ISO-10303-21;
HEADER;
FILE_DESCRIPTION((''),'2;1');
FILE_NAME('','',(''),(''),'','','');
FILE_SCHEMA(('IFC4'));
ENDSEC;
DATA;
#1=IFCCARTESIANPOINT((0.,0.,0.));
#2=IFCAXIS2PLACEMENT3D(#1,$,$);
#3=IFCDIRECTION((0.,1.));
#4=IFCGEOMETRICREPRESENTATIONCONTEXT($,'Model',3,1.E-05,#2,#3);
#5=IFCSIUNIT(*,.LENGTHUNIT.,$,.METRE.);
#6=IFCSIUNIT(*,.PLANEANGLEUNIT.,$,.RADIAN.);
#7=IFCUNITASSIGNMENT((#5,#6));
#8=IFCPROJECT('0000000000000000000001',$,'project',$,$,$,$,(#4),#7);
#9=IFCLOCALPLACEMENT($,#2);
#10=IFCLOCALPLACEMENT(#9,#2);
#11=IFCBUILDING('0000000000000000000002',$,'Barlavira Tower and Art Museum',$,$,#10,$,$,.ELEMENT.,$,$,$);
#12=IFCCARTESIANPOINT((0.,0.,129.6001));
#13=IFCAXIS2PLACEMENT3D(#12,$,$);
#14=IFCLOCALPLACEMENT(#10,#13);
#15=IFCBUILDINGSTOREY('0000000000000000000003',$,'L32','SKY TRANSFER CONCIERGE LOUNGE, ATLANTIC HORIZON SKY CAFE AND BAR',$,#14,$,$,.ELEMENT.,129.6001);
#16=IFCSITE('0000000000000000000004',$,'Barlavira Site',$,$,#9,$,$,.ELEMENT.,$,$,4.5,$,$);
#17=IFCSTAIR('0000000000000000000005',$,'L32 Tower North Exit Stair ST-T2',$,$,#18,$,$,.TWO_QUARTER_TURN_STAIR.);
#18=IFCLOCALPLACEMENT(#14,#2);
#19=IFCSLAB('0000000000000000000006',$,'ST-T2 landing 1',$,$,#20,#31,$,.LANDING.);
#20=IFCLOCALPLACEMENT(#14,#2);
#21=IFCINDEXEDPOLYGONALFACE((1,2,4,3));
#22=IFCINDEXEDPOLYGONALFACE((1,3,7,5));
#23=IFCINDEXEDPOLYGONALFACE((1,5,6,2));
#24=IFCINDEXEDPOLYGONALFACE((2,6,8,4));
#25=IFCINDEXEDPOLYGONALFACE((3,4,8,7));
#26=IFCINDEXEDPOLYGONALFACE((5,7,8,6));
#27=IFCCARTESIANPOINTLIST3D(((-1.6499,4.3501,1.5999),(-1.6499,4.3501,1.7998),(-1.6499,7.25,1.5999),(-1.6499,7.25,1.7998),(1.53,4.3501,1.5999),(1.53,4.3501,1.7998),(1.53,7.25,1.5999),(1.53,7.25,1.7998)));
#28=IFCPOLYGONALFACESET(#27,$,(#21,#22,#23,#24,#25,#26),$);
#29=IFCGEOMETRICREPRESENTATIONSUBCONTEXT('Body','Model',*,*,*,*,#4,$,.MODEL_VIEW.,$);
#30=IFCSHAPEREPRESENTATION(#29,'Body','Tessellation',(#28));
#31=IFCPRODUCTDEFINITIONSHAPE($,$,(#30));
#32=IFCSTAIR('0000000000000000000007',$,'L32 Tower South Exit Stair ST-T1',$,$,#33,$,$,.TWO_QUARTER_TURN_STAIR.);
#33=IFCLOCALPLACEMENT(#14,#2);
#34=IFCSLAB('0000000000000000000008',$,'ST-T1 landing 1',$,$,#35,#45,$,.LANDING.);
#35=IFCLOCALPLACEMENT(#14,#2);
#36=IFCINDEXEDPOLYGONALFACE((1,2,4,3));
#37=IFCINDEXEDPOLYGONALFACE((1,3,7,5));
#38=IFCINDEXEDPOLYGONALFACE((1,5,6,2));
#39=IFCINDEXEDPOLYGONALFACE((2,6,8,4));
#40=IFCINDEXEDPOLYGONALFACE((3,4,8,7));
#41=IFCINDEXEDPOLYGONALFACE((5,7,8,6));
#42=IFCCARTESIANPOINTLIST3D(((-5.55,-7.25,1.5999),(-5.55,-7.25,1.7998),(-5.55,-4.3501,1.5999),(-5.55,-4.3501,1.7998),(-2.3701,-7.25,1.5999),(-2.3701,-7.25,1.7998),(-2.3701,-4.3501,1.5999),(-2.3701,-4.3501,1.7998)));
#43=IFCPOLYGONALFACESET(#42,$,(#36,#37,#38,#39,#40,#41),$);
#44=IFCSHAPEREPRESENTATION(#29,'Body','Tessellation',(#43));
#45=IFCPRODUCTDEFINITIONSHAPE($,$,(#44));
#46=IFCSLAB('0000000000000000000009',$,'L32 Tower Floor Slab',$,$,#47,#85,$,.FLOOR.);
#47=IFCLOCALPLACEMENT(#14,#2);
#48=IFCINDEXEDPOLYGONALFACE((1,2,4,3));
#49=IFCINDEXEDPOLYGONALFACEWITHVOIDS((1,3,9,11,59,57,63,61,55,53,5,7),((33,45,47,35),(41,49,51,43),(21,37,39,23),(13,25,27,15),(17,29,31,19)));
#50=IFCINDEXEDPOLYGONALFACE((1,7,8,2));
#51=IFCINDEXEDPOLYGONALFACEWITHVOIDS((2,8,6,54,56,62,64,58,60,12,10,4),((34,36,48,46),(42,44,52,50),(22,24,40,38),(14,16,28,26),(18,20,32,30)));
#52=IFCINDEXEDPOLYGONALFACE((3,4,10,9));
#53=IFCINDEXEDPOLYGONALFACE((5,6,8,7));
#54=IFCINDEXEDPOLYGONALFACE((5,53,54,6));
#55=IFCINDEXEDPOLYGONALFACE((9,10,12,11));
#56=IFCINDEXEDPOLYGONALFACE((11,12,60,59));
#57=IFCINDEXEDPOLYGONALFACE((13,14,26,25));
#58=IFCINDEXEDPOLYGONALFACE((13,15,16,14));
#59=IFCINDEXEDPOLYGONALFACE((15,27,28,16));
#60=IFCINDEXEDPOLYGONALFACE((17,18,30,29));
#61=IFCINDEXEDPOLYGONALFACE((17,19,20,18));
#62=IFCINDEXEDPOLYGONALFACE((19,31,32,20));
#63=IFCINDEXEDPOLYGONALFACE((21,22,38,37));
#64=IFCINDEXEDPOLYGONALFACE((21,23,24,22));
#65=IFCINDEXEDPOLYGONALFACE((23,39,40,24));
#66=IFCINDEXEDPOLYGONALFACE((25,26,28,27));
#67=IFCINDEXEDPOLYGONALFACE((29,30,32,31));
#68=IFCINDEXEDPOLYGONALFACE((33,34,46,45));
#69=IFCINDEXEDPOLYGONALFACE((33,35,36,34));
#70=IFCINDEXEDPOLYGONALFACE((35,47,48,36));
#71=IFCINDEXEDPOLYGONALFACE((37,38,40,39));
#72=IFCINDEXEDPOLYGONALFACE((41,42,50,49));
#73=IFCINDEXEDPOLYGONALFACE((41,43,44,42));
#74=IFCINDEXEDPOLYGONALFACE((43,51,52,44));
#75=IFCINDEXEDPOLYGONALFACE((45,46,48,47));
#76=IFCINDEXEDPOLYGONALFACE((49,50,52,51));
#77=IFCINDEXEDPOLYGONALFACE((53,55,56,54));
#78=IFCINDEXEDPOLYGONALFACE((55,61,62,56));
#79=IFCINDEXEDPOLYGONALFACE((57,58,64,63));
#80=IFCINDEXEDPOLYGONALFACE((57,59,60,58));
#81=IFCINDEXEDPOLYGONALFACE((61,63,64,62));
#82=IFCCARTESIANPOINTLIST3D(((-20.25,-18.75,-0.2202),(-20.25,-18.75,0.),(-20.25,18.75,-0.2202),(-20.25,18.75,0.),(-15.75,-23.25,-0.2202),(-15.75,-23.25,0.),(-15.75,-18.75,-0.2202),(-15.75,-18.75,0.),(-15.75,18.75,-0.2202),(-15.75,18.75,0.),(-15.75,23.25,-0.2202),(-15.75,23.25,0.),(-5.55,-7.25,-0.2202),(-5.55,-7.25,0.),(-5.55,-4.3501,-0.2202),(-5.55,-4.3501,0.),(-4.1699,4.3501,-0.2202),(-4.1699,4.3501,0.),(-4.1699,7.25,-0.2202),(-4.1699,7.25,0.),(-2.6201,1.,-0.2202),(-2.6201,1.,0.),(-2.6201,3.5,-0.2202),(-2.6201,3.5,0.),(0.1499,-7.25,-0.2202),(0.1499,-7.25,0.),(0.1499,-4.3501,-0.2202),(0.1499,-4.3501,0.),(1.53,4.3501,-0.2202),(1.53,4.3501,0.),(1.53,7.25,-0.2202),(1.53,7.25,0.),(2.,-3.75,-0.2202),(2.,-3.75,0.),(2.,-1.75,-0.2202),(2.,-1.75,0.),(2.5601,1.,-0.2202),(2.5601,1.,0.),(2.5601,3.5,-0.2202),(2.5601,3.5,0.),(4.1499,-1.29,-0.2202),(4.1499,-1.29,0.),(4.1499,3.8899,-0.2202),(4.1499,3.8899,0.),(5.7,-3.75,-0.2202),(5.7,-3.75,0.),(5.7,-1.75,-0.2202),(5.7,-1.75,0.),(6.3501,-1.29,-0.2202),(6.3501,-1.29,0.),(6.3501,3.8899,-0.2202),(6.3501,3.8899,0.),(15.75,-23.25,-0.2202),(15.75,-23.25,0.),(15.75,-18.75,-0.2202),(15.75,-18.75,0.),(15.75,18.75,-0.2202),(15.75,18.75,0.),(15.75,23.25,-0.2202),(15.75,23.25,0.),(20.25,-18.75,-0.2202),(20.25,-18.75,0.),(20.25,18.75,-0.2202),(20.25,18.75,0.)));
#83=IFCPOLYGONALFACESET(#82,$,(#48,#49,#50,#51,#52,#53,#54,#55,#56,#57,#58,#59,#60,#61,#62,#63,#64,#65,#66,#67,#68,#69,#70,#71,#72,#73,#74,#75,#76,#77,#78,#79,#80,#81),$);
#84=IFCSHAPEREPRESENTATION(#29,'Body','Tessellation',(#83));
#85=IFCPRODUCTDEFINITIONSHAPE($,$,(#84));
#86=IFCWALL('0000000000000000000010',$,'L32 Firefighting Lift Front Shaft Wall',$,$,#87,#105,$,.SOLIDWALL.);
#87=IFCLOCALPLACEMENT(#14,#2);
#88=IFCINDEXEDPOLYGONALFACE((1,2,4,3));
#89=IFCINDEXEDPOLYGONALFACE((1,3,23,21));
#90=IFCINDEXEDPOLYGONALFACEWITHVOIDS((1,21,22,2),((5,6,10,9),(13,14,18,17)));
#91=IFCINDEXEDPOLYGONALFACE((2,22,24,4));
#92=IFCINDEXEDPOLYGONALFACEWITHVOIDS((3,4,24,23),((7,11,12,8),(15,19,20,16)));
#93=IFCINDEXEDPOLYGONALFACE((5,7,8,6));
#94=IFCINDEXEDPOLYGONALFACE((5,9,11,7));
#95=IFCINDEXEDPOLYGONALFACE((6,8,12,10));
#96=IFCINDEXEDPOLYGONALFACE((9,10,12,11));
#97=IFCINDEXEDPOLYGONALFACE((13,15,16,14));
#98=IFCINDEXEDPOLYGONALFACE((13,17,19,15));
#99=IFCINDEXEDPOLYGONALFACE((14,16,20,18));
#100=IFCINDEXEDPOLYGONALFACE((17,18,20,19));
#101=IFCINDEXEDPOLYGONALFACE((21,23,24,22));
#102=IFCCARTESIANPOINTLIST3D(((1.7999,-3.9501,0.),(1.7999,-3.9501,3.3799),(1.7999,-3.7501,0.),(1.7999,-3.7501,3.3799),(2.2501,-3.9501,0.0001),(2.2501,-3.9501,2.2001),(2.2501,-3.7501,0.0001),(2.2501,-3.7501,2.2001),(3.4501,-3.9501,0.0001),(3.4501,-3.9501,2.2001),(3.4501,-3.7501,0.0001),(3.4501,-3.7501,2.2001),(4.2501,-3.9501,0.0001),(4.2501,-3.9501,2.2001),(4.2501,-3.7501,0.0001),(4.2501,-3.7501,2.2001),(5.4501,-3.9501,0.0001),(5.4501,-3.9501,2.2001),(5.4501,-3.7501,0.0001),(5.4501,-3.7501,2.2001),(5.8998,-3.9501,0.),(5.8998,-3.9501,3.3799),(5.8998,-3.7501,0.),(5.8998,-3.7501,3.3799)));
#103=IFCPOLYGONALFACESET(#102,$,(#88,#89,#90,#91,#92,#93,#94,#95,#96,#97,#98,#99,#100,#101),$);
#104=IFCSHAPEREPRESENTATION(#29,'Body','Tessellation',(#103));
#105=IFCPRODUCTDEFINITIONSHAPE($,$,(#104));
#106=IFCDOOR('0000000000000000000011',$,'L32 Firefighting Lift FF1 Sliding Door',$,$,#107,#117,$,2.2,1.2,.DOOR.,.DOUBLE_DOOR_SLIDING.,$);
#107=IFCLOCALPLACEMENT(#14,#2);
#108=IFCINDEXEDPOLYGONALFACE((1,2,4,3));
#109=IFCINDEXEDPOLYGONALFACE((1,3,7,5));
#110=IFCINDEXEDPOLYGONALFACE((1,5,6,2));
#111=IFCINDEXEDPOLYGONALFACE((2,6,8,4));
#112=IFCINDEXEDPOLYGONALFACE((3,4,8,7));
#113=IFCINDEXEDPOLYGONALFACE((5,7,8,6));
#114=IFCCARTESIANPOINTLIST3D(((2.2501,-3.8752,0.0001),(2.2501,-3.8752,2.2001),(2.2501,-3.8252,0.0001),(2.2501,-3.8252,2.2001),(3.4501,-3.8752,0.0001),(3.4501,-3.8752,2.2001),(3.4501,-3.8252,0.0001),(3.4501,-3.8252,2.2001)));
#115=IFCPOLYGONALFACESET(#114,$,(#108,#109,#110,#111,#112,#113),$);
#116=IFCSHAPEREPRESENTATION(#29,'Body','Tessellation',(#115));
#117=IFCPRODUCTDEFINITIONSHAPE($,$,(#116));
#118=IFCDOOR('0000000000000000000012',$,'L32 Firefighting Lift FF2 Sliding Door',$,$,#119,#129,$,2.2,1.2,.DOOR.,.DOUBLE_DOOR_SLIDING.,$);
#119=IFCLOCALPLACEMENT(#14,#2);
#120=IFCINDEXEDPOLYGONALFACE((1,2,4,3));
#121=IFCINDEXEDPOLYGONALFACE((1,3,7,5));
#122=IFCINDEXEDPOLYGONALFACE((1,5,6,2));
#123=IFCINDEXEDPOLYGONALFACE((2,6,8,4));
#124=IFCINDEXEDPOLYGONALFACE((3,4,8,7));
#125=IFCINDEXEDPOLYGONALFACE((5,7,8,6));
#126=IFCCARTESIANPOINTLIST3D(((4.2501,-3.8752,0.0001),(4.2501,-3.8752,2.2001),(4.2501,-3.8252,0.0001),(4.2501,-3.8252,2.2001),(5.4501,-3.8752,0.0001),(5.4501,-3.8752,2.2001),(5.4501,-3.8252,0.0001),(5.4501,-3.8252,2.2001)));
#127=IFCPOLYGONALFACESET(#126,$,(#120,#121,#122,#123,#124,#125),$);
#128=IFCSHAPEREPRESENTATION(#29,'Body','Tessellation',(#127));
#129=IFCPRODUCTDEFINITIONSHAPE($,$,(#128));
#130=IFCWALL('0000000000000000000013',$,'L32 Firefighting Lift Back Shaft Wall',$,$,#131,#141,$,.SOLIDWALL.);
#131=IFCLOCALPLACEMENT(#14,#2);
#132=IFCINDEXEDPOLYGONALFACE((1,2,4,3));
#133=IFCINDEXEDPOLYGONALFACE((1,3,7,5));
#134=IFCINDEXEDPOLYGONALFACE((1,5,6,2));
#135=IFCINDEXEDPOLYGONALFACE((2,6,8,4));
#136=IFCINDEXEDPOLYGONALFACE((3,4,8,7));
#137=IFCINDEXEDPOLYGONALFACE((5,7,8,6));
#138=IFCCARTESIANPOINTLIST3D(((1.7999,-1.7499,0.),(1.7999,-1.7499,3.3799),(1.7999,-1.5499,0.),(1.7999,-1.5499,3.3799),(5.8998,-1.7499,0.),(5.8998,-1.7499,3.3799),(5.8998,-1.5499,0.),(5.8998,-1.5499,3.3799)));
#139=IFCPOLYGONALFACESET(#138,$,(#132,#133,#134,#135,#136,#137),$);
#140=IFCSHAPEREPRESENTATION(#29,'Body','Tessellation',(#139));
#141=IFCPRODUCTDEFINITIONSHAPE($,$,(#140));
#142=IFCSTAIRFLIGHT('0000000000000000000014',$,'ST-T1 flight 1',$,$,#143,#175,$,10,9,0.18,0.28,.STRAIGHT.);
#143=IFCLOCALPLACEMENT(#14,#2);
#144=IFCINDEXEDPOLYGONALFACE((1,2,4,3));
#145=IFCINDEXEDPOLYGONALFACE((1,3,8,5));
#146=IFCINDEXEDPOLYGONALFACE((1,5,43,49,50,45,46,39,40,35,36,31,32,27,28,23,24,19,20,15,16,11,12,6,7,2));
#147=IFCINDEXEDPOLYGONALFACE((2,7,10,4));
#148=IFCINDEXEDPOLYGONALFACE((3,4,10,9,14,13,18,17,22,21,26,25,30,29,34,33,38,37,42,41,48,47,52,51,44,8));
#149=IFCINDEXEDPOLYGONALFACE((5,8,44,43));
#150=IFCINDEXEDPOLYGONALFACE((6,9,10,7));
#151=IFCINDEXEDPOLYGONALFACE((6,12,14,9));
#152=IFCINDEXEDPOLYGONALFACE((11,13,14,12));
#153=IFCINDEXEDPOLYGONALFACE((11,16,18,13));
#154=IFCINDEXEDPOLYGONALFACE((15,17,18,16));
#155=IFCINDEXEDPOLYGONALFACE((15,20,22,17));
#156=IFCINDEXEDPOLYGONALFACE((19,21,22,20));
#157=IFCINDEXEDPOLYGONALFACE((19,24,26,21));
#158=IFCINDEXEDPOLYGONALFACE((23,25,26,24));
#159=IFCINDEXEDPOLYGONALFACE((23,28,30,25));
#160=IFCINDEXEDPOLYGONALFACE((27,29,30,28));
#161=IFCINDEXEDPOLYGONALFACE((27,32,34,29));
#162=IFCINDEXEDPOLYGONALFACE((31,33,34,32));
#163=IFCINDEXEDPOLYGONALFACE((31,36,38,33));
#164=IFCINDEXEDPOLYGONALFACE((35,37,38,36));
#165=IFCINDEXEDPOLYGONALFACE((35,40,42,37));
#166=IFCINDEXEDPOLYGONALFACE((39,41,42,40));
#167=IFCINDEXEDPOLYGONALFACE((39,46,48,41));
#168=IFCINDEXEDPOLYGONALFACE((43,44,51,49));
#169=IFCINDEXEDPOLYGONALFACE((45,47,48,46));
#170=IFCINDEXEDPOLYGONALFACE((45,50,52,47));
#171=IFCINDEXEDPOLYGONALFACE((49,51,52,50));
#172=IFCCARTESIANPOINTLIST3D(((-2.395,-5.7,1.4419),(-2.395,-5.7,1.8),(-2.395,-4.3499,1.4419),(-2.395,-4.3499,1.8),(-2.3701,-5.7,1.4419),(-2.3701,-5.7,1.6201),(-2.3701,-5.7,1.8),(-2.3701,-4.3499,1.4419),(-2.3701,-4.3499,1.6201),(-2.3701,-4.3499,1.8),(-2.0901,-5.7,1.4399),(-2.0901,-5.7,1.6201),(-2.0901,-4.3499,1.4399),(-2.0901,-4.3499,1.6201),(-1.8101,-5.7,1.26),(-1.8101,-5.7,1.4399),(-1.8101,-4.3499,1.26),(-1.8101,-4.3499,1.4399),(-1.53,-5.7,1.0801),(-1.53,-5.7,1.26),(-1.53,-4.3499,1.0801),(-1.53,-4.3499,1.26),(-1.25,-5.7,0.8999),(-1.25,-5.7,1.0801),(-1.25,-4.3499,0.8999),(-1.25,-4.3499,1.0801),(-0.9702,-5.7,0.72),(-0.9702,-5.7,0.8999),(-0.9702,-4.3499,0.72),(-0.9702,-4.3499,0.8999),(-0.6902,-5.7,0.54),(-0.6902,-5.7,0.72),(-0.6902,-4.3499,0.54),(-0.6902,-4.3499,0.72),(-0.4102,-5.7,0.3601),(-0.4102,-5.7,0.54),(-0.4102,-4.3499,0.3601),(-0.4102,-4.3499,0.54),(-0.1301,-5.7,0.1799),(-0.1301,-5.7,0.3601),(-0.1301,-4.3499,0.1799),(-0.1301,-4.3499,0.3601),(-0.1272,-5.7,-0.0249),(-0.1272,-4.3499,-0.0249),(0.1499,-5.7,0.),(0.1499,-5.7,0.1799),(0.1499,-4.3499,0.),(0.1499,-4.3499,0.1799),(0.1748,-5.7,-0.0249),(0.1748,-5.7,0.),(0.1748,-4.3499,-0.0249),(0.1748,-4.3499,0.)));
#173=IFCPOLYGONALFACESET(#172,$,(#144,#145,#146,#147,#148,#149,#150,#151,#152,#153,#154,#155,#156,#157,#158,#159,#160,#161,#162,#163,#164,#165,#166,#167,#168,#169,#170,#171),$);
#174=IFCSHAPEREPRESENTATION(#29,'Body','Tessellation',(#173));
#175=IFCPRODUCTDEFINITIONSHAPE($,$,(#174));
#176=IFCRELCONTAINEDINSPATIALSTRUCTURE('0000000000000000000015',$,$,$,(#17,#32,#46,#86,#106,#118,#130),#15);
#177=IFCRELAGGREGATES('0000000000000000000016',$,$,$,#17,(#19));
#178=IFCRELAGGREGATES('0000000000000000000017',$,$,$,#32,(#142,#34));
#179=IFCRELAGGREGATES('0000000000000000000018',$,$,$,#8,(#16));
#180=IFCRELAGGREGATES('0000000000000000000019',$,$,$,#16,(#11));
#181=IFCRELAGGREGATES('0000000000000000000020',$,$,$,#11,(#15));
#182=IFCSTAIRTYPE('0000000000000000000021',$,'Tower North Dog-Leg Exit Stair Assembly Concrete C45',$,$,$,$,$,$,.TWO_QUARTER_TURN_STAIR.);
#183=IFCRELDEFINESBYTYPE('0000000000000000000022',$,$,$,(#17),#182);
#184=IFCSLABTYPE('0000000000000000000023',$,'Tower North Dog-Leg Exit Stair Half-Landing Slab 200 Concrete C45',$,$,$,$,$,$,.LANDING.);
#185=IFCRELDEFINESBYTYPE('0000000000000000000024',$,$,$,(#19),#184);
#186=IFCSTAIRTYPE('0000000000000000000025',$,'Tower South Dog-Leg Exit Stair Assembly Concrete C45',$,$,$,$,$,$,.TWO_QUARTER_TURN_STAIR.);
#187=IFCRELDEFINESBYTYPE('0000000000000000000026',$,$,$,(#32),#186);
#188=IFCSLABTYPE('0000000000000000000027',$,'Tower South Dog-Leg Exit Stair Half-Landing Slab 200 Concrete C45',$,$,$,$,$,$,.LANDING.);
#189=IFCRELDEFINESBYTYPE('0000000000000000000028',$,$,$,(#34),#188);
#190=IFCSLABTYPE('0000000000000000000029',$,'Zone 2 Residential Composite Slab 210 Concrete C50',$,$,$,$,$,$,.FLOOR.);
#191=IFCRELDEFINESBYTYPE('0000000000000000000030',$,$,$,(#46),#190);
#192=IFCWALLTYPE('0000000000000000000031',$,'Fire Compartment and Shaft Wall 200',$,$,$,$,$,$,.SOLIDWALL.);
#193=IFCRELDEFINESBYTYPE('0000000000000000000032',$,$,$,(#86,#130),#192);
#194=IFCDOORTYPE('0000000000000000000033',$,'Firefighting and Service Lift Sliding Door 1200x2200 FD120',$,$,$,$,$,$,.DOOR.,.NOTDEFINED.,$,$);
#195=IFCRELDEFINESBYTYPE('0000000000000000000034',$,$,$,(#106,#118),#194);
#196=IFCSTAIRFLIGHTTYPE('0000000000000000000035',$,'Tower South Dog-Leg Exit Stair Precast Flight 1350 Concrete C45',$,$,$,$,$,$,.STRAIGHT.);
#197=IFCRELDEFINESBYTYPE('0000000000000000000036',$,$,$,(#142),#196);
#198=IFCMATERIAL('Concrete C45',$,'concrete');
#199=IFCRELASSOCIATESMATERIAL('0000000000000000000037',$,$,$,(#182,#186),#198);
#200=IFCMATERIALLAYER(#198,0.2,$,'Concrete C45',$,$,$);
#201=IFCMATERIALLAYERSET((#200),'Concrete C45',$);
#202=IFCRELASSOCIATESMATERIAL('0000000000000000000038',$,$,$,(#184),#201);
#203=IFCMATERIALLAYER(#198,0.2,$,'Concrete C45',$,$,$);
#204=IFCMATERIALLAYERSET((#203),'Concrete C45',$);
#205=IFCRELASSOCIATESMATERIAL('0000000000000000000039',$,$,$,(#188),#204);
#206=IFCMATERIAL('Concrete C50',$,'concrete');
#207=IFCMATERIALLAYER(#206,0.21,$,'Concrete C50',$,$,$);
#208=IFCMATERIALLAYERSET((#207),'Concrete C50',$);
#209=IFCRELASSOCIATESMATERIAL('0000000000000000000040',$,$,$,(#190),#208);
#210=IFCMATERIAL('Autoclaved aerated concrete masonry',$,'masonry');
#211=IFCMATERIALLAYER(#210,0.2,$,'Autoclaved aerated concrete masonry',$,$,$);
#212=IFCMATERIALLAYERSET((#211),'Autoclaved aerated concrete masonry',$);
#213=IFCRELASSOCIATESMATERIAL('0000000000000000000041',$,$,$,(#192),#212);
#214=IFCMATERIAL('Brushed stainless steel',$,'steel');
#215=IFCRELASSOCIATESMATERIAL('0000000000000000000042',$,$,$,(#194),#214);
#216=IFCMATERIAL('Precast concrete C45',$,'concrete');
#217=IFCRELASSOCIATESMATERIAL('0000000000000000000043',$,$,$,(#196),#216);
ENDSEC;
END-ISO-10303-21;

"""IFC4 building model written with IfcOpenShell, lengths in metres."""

from ifc_helpers import new_model, si_unit, direction, frame, frame_2d, origin, place, context, subcontext, project, spatial, polyline, rectangle, outline, extrude, material, layer, layer_set, type_object, element, fill, aggregate, save


model = new_model("IFC4")

# Units and contexts
model_context = context("Model", 3, precision=1e-05, world=origin(), true_north=direction((0.0, 1.0)))
body_context = subcontext(model_context, "Body", "Model", "MODEL_VIEW")
ifc_project = project(units=[si_unit("LENGTHUNIT", "METRE"), si_unit("PLANEANGLEUNIT", "RADIAN")], contexts=[model_context])

# Site, building, storey
site_placement = place(None, origin())
site = spatial("IfcSite", under=ifc_project, at=site_placement, Name="Barlavira Site", CompositionType="ELEMENT", RefElevation=4.5)
building_placement = place(site_placement, origin())
building = spatial("IfcBuilding", under=site, at=building_placement, Name="Barlavira Tower and Art Museum", CompositionType="ELEMENT")
storey_placement = place(building_placement, frame((0.0, 0.0, 129.6001)))
storey = spatial("IfcBuildingStorey", under=building, at=storey_placement, Name="L32", Description="SKY TRANSFER CONCIERGE LOUNGE, ATLANTIC HORIZON SKY CAFE AND BAR", CompositionType="ELEMENT", Elevation=129.6001)

# Stairs, slabs
ifc_material_1 = material(Name="Concrete C45", Category="concrete")
stair_type_1 = type_object("IfcStairType", Name="Tower North Dog-Leg Exit Stair Assembly Concrete C45", PredefinedType="TWO_QUARTER_TURN_STAIR", material=ifc_material_1)
stair_1_placement = place(storey_placement, origin())
stair_1 = element("IfcStair", 1, at=stair_1_placement, inside=storey, type_object=stair_type_1, Name="L32 Tower North Exit Stair ST-T2", PredefinedType="TWO_QUARTER_TURN_STAIR")
ifc_layer_1 = layer(ifc_material_1, 0.2, Name="Concrete C45")
ifc_layer_set_1 = layer_set([ifc_layer_1], Name="Concrete C45")
slab_type_1 = type_object("IfcSlabType", Name="Tower North Dog-Leg Exit Stair Half-Landing Slab 200 Concrete C45", PredefinedType="LANDING", material=ifc_layer_set_1)
slab_1_placement = place(storey_placement, frame((0.0, 0.0, 1.5999)))
slab_1 = element("IfcSlab", 2, at=slab_1_placement, type_object=slab_type_1, Name="ST-T2 landing 1", PredefinedType="LANDING", context=body_context, shape_type="SweptSolid", body=[
    extrude(outline(polyline([(-1.6499, 4.3501), (1.53, 4.3501), (1.53, 7.25), (-1.6499, 7.25), (-1.6499, 4.3501)])), origin(), (0.0, 0.0, 1.0), 0.2),
])
aggregate(stair_1, [slab_1])
stair_type_2 = type_object("IfcStairType", Name="Tower South Dog-Leg Exit Stair Assembly Concrete C45", PredefinedType="TWO_QUARTER_TURN_STAIR", material=ifc_material_1)
stair_2_placement = place(storey_placement, origin())
stair_2 = element("IfcStair", 3, at=stair_2_placement, inside=storey, type_object=stair_type_2, Name="L32 Tower South Exit Stair ST-T1", PredefinedType="TWO_QUARTER_TURN_STAIR")
ifc_layer_2 = layer(ifc_material_1, 0.2, Name="Concrete C45")
ifc_layer_set_2 = layer_set([ifc_layer_2], Name="Concrete C45")
slab_type_2 = type_object("IfcSlabType", Name="Tower South Dog-Leg Exit Stair Half-Landing Slab 200 Concrete C45", PredefinedType="LANDING", material=ifc_layer_set_2)
slab_2_placement = place(storey_placement, frame((0.0, 0.0, 1.5999)))
slab_2 = element("IfcSlab", 4, at=slab_2_placement, type_object=slab_type_2, Name="ST-T1 landing 1", PredefinedType="LANDING", context=body_context, shape_type="SweptSolid", body=[
    extrude(outline(polyline([(-2.3701, -4.3501), (-5.55, -4.3501), (-5.55, -7.25), (-2.3701, -7.25), (-2.3701, -4.3501)])), origin(), (0.0, 0.0, 1.0), 0.2),
])

# Slab
ifc_material_2 = material(Name="Concrete C50", Category="concrete")
ifc_layer_3 = layer(ifc_material_2, 0.21, Name="Concrete C50")
ifc_layer_set_3 = layer_set([ifc_layer_3], Name="Concrete C50")
slab_type_3 = type_object("IfcSlabType", Name="Zone 2 Residential Composite Slab 210 Concrete C50", PredefinedType="FLOOR", material=ifc_layer_set_3)
slab_3_placement = place(storey_placement, frame((0.0, 0.0, -0.2202)))
element("IfcSlab", 5, at=slab_3_placement, inside=storey, type_object=slab_type_3, Name="L32 Tower Floor Slab", PredefinedType="FLOOR", context=body_context, shape_type="SweptSolid", body=[
    extrude(outline(polyline([(-15.75, -23.25), (15.75, -23.25), (15.75, -18.75), (20.25, -18.75), (20.25, 18.75), (15.75, 18.75), (15.75, 23.25), (-15.75, 23.25), (-15.75, 18.75), (-20.25, 18.75), (-20.25, -18.75), (-15.75, -18.75), (-15.75, -23.25)]), holes=[polyline([(0.1499, -4.3501), (-5.55, -4.3501), (-5.55, -7.25), (0.1499, -7.25), (0.1499, -4.3501)]), polyline([(-4.1699, 4.3501), (1.53, 4.3501), (1.53, 7.25), (-4.1699, 7.25), (-4.1699, 4.3501)]), polyline([(4.1499, -1.29), (6.3501, -1.29), (6.3501, 3.8899), (4.1499, 3.8899), (4.1499, -1.29)]), polyline([(-2.6201, 1.0), (2.5601, 1.0), (2.5601, 3.5), (-2.6201, 3.5), (-2.6201, 1.0)]), polyline([(2.0, -3.75), (5.7, -3.75), (5.7, -1.75), (2.0, -1.75), (2.0, -3.75)])]), origin(), (0.0, 0.0, 1.0), 0.2202),
])

# Wall, openings, doors
ifc_material_3 = material(Name="Autoclaved aerated concrete masonry", Category="masonry")
ifc_layer_4 = layer(ifc_material_3, 0.2, Name="Autoclaved aerated concrete masonry")
ifc_layer_set_4 = layer_set([ifc_layer_4], Name="Autoclaved aerated concrete masonry")
wall_type_1 = type_object("IfcWallType", Name="Fire Compartment and Shaft Wall 200", PredefinedType="SOLIDWALL", material=ifc_layer_set_4)
wall_1_placement = place(storey_placement, frame((1.8, -3.8501, 0.0), z_axis=(0.0, 0.0, 1.0), x_axis=(1.0, 0.0, 0.0)))
wall_1 = element("IfcWall", 6, at=wall_1_placement, inside=storey, type_object=wall_type_1, Name="L32 Firefighting Lift Front Shaft Wall", PredefinedType="SOLIDWALL", context=body_context, shape_type="SweptSolid", body=[
    extrude(rectangle(XDim=4.0999, YDim=0.2, at=frame_2d((2.0498, 0.0))), origin(), (0.0, 0.0, 1.0), 3.3799),
])
opening_1_placement = place(wall_1_placement, frame((0.45, 0.0, 0.0)))
opening_1 = element("IfcOpeningElement", 7, at=opening_1_placement, cuts=wall_1, PredefinedType="OPENING", context=body_context, shape_type="SweptSolid", body=[
    extrude(rectangle(XDim=1.2, YDim=2.2, at=frame_2d((0.6001, 1.1001))), frame((0.0, 0.1099, 0.0), z_axis=(0.0, -1.0, 0.0), x_axis=(1.0, 0.0, 0.0)), (0.0, 0.0, 1.0), 0.22),
])
opening_2_placement = place(wall_1_placement, frame((2.45, 0.0, 0.0)))
opening_2 = element("IfcOpeningElement", 8, at=opening_2_placement, cuts=wall_1, PredefinedType="OPENING", context=body_context, shape_type="SweptSolid", body=[
    extrude(rectangle(XDim=1.2, YDim=2.2, at=frame_2d((0.6001, 1.1001))), frame((0.0, 0.1099, 0.0), z_axis=(0.0, -1.0, 0.0), x_axis=(1.0, 0.0, 0.0)), (0.0, 0.0, 1.0), 0.22),
])
ifc_material_4 = material(Name="Brushed stainless steel", Category="steel")
door_type_1 = type_object("IfcDoorType", Name="Firefighting and Service Lift Sliding Door 1200x2200 FD120", OperationType="NOTDEFINED", PredefinedType="DOOR", material=ifc_material_4)
door_1_placement = place(opening_1_placement, origin())
door_1 = element("IfcDoor", 9, at=door_1_placement, inside=storey, type_object=door_type_1, Name="L32 Firefighting Lift FF1 Sliding Door", OperationType="DOUBLE_DOOR_SLIDING", OverallHeight=2.2, OverallWidth=1.2, PredefinedType="DOOR", context=body_context, shape_type="SweptSolid", body=[
    extrude(rectangle(XDim=1.2, YDim=2.2, at=frame_2d((0.6001, 1.1001))), frame((0.0, 0.0249, 0.0), z_axis=(0.0, -1.0, 0.0), x_axis=(1.0, 0.0, 0.0)), (0.0, 0.0, 1.0), 0.05),
])
fill(opening_1, door_1)
door_2_placement = place(opening_2_placement, origin())
door_2 = element("IfcDoor", 10, at=door_2_placement, inside=storey, type_object=door_type_1, Name="L32 Firefighting Lift FF2 Sliding Door", OperationType="DOUBLE_DOOR_SLIDING", OverallHeight=2.2, OverallWidth=1.2, PredefinedType="DOOR", context=body_context, shape_type="SweptSolid", body=[
    extrude(rectangle(XDim=1.2, YDim=2.2, at=frame_2d((0.6001, 1.1001))), frame((0.0, 0.0249, 0.0), z_axis=(0.0, -1.0, 0.0), x_axis=(1.0, 0.0, 0.0)), (0.0, 0.0, 1.0), 0.05),
])
fill(opening_2, door_2)

# Wall
wall_2_placement = place(storey_placement, frame((1.8, -1.6499, 0.0), z_axis=(0.0, 0.0, 1.0), x_axis=(1.0, 0.0, 0.0)))
element("IfcWall", 11, at=wall_2_placement, inside=storey, type_object=wall_type_1, Name="L32 Firefighting Lift Back Shaft Wall", PredefinedType="SOLIDWALL", context=body_context, shape_type="SweptSolid", body=[
    extrude(rectangle(XDim=4.0999, YDim=0.2, at=frame_2d((2.0498, 0.0))), origin(), (0.0, 0.0, 1.0), 3.3799),
])

# Stair flight
ifc_material_5 = material(Name="Precast concrete C45", Category="concrete")
stair_flight_type = type_object("IfcStairFlightType", Name="Tower South Dog-Leg Exit Stair Precast Flight 1350 Concrete C45", PredefinedType="STRAIGHT", material=ifc_material_5)
stair_flight_placement = place(storey_placement, frame((0.1499, -5.0249, 0.0), z_axis=(0.0, 0.0, 1.0), x_axis=(-1.0, 0.0, 0.0)))
stair_flight = element("IfcStairFlight", 12, at=stair_flight_placement, type_object=stair_flight_type, Name="ST-T1 flight 1", NumberOfRisers=10, NumberOfTreads=9, PredefinedType="STRAIGHT", RiserHeight=0.18, TreadLength=0.28, context=body_context, shape_type="SweptSolid", body=[
    extrude(outline(polyline([(-0.0249, 0.0), (0.0, 0.0), (0.0, 0.1799), (0.28, 0.1799), (0.28, 0.3601), (0.5601, 0.3601), (0.5601, 0.54), (0.8401, 0.54), (0.8401, 0.72), (1.1201, 0.72), (1.1201, 0.8999), (1.3999, 0.8999), (1.3999, 1.0801), (1.6799, 1.0801), (1.6799, 1.26), (1.96, 1.26), (1.96, 1.4399), (2.24, 1.4399), (2.24, 1.6201), (2.52, 1.6201), (2.52, 1.8), (2.5449, 1.8), (2.5449, 1.4419), (2.52, 1.4419), (0.2771, -0.0249), (-0.0249, -0.0249), (-0.0249, 0.0)])), frame((0.0, 0.675, 0.0), z_axis=(0.0, -1.0, 0.0), x_axis=(1.0, 0.0, 0.0)), (0.0, 0.0, 1.0), 1.3501),
])
aggregate(stair_2, [stair_flight, slab_2])

save(model, "model.ifc")
